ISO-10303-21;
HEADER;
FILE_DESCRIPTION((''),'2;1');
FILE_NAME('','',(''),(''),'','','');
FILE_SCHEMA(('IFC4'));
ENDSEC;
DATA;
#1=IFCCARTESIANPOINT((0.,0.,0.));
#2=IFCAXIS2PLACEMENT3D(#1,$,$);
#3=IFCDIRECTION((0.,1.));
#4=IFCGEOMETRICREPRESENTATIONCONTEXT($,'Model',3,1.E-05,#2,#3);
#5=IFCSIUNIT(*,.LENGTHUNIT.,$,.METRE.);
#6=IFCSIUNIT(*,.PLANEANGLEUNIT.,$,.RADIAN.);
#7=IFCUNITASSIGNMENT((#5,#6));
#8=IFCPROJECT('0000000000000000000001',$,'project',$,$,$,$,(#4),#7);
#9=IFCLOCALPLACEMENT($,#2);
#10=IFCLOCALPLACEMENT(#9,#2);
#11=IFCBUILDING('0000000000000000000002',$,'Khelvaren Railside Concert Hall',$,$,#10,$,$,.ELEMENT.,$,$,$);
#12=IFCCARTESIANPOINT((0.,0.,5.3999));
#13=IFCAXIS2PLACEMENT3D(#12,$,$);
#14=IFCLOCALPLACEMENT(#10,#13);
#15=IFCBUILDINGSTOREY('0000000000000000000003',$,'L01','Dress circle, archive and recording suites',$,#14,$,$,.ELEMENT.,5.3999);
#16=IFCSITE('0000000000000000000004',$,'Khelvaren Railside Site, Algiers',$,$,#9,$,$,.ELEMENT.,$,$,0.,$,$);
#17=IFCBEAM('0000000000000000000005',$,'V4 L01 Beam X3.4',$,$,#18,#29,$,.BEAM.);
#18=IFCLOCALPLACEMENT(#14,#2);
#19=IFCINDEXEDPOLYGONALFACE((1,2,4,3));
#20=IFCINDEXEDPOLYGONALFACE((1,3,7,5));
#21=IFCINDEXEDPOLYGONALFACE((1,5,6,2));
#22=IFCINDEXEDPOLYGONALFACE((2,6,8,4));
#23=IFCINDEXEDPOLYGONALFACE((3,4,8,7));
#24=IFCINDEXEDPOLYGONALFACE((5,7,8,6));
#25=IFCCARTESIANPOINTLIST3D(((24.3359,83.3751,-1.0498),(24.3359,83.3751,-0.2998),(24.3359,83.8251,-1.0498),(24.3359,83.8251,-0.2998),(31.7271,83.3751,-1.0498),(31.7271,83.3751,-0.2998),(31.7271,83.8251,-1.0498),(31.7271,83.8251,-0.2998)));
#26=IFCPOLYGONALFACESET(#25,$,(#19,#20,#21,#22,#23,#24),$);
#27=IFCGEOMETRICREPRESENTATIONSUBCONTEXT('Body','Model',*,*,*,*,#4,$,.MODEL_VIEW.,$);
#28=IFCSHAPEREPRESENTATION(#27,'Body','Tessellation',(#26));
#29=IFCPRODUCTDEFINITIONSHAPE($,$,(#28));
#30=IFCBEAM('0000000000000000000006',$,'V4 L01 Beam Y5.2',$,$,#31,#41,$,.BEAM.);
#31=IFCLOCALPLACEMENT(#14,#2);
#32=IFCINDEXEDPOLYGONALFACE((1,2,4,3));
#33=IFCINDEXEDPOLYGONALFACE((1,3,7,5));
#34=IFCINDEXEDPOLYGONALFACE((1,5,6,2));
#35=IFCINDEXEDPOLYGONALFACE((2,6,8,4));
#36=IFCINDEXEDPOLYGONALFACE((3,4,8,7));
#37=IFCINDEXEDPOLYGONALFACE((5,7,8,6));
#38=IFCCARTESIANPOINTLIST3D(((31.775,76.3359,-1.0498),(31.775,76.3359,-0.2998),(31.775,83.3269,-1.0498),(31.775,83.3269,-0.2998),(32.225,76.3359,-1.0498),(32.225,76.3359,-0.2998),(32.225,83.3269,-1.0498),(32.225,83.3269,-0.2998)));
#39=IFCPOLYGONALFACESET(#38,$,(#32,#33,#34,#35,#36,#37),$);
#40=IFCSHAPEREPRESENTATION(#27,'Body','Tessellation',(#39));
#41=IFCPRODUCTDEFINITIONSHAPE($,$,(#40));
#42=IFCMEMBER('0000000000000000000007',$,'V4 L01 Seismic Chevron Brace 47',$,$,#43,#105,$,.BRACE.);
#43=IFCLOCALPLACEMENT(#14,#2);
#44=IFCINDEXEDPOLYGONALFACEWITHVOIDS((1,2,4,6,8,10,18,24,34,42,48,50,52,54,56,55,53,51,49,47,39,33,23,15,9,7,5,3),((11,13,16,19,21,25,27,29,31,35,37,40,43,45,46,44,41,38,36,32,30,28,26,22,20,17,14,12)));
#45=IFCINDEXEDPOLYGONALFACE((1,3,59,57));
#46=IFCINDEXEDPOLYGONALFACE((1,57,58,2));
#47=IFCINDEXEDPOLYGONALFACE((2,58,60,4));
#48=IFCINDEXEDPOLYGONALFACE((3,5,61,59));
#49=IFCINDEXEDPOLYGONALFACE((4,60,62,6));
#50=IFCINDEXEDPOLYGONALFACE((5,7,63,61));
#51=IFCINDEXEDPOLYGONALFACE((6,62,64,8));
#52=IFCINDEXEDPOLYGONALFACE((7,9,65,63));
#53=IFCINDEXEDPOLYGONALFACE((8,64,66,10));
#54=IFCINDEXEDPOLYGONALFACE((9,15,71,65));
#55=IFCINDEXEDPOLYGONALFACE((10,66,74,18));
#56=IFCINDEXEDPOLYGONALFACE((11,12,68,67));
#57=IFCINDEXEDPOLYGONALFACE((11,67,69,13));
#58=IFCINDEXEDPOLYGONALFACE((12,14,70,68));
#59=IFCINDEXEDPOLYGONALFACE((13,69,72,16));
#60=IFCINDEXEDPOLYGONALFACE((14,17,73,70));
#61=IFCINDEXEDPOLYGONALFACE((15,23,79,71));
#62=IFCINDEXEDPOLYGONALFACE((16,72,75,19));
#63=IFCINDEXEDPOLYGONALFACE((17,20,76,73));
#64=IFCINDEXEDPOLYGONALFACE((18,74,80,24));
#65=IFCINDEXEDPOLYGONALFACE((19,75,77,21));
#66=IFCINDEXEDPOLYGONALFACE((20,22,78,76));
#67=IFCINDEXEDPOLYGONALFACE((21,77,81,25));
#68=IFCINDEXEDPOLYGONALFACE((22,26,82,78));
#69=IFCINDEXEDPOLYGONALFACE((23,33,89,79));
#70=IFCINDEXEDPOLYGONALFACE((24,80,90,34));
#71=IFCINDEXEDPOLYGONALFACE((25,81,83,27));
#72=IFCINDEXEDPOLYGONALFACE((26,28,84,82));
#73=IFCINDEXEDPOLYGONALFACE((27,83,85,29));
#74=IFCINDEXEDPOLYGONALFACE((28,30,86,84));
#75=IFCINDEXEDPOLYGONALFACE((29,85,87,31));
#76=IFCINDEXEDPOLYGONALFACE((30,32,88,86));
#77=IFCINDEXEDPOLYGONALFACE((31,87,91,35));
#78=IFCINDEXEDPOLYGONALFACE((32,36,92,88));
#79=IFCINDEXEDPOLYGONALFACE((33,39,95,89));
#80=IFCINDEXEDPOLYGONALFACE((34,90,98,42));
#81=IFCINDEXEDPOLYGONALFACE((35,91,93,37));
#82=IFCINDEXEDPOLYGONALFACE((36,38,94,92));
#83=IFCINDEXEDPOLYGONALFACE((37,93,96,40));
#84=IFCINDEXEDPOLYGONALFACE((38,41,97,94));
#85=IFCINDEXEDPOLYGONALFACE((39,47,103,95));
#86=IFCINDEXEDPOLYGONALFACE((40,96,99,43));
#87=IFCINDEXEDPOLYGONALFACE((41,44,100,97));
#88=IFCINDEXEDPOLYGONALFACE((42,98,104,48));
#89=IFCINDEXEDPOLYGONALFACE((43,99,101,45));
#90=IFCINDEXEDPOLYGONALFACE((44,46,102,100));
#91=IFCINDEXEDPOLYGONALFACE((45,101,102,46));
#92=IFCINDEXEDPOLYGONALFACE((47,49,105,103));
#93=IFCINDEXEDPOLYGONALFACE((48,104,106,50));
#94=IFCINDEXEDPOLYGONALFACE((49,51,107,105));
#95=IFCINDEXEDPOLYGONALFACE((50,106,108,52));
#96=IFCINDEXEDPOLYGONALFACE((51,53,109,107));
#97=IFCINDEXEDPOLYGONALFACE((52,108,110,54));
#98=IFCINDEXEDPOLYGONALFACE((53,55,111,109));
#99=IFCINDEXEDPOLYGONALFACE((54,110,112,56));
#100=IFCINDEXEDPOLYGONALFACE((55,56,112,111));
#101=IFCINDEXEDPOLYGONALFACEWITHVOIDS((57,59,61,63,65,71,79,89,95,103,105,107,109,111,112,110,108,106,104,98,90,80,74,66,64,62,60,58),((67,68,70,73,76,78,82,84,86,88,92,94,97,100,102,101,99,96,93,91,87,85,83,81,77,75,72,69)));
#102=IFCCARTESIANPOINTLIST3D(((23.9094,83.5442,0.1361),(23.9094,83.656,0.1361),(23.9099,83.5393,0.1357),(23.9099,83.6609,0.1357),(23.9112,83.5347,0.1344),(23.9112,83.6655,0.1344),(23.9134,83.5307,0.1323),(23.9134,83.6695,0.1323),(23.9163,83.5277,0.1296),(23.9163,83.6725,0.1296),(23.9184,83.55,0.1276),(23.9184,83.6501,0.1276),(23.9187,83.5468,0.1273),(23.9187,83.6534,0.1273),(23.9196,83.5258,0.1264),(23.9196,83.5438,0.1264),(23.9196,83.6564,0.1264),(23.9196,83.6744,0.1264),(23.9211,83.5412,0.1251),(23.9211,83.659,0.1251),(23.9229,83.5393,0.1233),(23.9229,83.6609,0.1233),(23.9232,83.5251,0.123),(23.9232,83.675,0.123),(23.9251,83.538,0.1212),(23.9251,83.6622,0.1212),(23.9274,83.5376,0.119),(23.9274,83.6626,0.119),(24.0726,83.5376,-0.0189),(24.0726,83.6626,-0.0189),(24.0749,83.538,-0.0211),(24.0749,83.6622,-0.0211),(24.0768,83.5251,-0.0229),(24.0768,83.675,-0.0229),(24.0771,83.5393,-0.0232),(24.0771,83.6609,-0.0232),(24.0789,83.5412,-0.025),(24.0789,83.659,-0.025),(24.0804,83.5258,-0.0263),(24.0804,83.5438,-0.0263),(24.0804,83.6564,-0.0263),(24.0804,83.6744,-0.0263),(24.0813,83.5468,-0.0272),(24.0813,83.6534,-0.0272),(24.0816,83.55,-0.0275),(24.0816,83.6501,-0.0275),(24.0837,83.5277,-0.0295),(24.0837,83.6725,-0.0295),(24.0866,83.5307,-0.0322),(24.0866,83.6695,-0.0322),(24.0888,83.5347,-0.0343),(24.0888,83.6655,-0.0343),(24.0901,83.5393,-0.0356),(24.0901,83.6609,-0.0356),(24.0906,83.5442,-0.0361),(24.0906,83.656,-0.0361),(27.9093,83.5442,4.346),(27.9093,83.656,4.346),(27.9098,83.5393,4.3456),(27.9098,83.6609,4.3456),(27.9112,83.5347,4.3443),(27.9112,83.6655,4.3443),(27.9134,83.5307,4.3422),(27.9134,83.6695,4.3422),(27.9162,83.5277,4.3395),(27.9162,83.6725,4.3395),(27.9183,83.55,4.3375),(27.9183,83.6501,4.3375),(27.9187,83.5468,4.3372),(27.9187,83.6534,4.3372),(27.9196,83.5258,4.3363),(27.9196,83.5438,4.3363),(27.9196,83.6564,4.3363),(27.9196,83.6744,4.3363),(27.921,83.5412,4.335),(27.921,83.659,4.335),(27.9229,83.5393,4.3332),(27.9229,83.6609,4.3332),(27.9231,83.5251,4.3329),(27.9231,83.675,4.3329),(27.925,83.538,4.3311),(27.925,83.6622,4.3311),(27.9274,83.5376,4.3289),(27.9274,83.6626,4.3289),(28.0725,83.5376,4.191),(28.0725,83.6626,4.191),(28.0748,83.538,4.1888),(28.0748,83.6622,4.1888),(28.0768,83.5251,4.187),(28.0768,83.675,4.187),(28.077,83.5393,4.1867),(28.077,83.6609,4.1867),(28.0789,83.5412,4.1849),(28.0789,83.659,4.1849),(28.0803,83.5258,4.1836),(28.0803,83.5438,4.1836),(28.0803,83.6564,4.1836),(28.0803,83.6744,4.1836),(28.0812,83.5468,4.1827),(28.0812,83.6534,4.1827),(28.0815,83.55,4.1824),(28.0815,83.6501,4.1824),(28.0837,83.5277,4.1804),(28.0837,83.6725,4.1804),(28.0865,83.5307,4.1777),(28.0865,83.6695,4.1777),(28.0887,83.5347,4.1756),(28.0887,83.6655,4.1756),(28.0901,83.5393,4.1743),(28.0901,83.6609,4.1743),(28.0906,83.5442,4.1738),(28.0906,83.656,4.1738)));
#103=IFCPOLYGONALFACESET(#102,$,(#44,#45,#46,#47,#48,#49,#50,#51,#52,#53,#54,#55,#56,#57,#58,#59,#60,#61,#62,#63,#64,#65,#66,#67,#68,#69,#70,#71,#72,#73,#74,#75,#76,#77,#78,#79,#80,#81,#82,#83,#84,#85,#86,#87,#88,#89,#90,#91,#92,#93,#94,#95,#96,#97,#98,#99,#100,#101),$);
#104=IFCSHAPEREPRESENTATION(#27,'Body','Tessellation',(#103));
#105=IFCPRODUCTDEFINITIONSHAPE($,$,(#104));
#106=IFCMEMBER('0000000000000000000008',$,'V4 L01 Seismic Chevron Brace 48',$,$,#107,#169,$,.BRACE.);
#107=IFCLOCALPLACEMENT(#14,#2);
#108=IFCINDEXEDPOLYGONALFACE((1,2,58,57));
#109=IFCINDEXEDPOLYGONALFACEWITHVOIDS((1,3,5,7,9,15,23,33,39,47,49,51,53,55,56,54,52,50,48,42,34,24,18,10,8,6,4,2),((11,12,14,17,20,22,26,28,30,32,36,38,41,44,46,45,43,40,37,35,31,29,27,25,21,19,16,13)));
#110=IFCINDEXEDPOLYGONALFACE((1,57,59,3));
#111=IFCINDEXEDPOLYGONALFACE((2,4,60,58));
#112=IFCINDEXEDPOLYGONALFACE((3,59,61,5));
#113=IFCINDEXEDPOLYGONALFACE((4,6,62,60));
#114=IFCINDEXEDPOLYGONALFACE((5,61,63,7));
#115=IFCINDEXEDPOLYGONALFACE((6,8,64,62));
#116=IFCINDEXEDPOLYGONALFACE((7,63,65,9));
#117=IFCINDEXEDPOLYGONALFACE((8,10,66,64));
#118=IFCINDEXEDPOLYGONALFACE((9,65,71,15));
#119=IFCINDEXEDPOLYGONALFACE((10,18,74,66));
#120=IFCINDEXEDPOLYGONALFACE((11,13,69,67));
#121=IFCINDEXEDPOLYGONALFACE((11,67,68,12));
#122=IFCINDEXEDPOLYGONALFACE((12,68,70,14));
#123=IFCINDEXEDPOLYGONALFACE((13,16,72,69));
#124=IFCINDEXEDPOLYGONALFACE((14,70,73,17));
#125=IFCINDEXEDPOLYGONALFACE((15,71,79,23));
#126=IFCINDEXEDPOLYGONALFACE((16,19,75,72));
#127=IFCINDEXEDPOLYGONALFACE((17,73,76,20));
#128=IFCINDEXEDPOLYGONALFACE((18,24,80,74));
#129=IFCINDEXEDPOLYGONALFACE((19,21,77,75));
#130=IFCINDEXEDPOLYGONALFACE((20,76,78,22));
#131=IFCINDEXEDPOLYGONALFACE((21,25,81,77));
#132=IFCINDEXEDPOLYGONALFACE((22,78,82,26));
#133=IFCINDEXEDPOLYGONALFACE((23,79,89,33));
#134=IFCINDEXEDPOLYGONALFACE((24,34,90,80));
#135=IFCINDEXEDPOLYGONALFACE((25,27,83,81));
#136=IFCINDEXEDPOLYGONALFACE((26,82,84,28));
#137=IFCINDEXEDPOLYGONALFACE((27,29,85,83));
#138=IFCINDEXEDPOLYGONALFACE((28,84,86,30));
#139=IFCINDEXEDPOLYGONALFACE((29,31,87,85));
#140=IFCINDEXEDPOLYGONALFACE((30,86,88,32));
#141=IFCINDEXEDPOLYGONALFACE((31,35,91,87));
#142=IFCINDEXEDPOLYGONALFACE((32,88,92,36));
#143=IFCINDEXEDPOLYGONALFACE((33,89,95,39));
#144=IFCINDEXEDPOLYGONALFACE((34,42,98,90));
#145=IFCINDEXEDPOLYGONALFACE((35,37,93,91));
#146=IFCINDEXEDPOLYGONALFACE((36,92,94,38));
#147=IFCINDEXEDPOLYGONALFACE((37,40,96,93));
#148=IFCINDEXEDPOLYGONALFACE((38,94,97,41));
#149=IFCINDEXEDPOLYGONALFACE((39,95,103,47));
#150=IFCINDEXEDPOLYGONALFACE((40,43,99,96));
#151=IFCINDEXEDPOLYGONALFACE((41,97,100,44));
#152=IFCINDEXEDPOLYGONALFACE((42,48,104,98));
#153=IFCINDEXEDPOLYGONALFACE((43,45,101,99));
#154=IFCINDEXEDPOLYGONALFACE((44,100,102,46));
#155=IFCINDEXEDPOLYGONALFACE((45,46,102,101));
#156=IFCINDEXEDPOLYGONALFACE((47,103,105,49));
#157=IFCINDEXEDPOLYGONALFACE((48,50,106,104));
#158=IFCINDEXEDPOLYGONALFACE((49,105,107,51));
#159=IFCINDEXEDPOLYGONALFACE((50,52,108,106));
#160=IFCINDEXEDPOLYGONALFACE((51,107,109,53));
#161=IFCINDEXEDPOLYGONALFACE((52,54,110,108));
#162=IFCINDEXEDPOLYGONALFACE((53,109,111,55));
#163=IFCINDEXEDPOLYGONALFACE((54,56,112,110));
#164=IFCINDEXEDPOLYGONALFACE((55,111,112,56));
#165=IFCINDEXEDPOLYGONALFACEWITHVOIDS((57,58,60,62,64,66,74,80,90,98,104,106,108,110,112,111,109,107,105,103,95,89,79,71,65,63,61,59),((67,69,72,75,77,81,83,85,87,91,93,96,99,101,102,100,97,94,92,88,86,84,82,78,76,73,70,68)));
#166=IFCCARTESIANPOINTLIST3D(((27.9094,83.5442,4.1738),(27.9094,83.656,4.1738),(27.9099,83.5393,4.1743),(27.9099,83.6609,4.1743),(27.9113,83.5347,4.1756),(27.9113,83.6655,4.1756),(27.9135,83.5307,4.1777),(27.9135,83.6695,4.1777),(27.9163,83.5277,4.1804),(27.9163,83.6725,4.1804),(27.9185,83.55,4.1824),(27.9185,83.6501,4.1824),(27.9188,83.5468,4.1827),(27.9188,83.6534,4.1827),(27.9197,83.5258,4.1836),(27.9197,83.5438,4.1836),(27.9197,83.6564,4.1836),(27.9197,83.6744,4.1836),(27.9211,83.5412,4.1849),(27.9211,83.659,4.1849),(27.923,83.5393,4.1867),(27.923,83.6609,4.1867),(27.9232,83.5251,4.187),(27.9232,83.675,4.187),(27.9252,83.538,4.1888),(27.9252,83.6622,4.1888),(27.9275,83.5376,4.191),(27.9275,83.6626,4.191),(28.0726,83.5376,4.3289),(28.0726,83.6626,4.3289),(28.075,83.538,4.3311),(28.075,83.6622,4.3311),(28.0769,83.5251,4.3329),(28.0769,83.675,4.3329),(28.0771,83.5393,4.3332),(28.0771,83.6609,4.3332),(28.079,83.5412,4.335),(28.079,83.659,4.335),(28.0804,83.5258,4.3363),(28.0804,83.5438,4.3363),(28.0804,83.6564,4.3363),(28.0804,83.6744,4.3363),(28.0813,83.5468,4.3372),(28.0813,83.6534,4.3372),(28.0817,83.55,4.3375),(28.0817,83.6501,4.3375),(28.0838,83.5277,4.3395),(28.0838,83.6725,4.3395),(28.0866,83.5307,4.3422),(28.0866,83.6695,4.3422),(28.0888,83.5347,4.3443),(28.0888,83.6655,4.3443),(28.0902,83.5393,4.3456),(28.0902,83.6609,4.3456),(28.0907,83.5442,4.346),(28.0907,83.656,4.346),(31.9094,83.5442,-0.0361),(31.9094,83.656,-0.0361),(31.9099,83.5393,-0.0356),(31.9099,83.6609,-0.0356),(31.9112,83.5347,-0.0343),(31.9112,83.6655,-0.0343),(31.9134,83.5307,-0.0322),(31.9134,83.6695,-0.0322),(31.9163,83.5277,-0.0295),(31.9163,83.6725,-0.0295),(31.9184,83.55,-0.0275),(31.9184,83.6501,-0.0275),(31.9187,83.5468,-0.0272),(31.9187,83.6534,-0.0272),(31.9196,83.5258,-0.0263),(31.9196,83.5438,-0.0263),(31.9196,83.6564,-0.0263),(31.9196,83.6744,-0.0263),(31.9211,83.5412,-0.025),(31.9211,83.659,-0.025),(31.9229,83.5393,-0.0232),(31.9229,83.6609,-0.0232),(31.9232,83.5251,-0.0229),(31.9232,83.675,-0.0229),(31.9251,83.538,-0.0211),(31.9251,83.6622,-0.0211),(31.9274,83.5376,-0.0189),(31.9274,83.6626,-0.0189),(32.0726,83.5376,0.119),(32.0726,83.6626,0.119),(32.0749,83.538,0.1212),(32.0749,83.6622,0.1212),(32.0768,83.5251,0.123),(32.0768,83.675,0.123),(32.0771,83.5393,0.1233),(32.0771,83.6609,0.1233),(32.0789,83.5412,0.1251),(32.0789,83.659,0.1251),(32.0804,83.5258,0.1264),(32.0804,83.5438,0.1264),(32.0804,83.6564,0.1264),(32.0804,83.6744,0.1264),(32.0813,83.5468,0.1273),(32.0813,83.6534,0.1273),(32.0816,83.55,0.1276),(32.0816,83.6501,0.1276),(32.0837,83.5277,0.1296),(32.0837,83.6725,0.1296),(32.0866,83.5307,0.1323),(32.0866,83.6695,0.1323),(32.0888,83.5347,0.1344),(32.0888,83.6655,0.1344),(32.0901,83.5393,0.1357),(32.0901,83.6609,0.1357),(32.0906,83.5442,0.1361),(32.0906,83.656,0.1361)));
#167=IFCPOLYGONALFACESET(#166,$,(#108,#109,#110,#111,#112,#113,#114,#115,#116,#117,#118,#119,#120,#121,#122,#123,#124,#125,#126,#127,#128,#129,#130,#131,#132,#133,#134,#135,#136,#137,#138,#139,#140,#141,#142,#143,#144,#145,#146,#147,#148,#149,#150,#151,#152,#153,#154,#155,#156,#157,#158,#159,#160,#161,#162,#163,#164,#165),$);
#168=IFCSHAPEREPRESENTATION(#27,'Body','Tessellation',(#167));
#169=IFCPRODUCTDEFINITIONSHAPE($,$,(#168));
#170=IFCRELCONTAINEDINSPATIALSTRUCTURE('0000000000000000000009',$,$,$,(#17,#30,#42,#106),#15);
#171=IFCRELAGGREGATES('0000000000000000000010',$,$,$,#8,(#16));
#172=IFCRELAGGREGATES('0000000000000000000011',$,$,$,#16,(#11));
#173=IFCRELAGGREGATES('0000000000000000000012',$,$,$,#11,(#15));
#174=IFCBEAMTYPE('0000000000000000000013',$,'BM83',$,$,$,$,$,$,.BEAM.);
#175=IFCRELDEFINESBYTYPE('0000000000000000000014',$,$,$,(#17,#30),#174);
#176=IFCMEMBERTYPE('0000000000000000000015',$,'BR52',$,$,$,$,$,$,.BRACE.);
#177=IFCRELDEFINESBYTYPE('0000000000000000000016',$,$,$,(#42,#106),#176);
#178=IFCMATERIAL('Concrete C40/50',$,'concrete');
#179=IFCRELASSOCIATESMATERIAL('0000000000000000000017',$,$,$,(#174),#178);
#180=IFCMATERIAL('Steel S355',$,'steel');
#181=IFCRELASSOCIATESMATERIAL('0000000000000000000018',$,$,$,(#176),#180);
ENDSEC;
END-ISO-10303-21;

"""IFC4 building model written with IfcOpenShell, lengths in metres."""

from ifc_helpers import new_model, si_unit, direction, frame, origin, origin_2d, place, context, subcontext, project, spatial, rectangle, hollow_rectangle, extrude, material, material_profile, profile_set, type_object, element, save


model = new_model("IFC4")

# Units and contexts
model_context = context("Model", 3, precision=1e-05, world=origin(), true_north=direction((0.0, 1.0)))
body_context = subcontext(model_context, "Body", "Model", "MODEL_VIEW")
ifc_project = project(units=[si_unit("LENGTHUNIT", "METRE"), si_unit("PLANEANGLEUNIT", "RADIAN")], contexts=[model_context])

# Site, building, storey
site_placement = place(None, origin())
site = spatial("IfcSite", under=ifc_project, at=site_placement, Name="Khelvaren Railside Site, Algiers", CompositionType="ELEMENT", RefElevation=0.0)
building_placement = place(site_placement, origin())
building = spatial("IfcBuilding", under=site, at=building_placement, Name="Khelvaren Railside Concert Hall", CompositionType="ELEMENT")
storey_placement = place(building_placement, frame((0.0, 0.0, 5.3999)))
storey = spatial("IfcBuildingStorey", under=building, at=storey_placement, Name="L01", Description="Dress circle, archive and recording suites", CompositionType="ELEMENT", Elevation=5.3999)

# Beams
ifc_material_1 = material(Name="Steel S355", Category="steel")
ifc_material_2 = material(Name="Concrete C40/50", Category="concrete")
ifc_material_profile_1 = material_profile(ifc_material_2, rectangle(XDim=0.45, YDim=0.75, at=origin_2d()), Name="RCB 450x750")
ifc_profile_set_1 = profile_set([ifc_material_profile_1], Name="Concrete C40/50")
beam_type_1 = type_object("IfcBeamType", Name="BM83", PredefinedType="BEAM", material=ifc_profile_set_1)
beam_1_placement = place(storey_placement, frame((24.3359, 83.6001, -0.6748), z_axis=(1.0, 0.0, 0.0), x_axis=(0.0, 1.0, 0.0)))
element("IfcBeam", 1, at=beam_1_placement, inside=storey, type_object=beam_type_1, Name="V4 L01 Beam X3.4", PredefinedType="BEAM", context=body_context, shape_type="SweptSolid", body=[
    extrude(rectangle(XDim=0.45, YDim=0.75, at=origin_2d()), origin(), (0.0, 0.0, 1.0), 7.3911),
])
beam_2_placement = place(storey_placement, frame((32.0, 76.3359, -0.6748), z_axis=(0.0, 1.0, 0.0), x_axis=(-1.0, 0.0, 0.0)))
element("IfcBeam", 2, at=beam_2_placement, inside=storey, type_object=beam_type_1, Name="V4 L01 Beam Y5.2", PredefinedType="BEAM", context=body_context, shape_type="SweptSolid", body=[
    extrude(rectangle(XDim=0.45, YDim=0.75, at=origin_2d()), origin(), (0.0, 0.0, 1.0), 6.991),
])

# Members
ifc_material_profile_2 = material_profile(ifc_material_1, hollow_rectangle(XDim=0.1499, YDim=0.25, WallThickness=0.0125, InnerFilletRadius=0.0125, OuterFilletRadius=0.019, at=origin_2d()), Name="RHS 250x150x12.5")
ifc_profile_set_2 = profile_set([ifc_material_profile_2], Name="Steel S355")
member_type = type_object("IfcMemberType", Name="BR52", PredefinedType="BRACE", material=ifc_profile_set_2)
for number, where, z_axis, x_axis, name in (
    (3, (24.0, 83.6001, 0.05), (0.688798, 0.0, 0.724953), (0.0, 1.0, 0.0), "V4 L01 Seismic Chevron Brace 47"),
    (4, (32.0, 83.6001, 0.05), (-0.688798, 0.0, 0.724953), (0.0, -1.0, 0.0), "V4 L01 Seismic Chevron Brace 48"),
):
    element("IfcMember", number, at=place(storey_placement, frame(where, z_axis=z_axis, x_axis=x_axis)), inside=storey, type_object=member_type, Name=name, PredefinedType="BRACE", context=body_context, shape_type="SweptSolid", body=[
        extrude(hollow_rectangle(XDim=0.1499, YDim=0.25, WallThickness=0.0125, InnerFilletRadius=0.0125, OuterFilletRadius=0.019, at=origin_2d()), origin(), (0.0, 0.0, 1.0), 5.8071),
    ])

save(model, "model.ifc")
